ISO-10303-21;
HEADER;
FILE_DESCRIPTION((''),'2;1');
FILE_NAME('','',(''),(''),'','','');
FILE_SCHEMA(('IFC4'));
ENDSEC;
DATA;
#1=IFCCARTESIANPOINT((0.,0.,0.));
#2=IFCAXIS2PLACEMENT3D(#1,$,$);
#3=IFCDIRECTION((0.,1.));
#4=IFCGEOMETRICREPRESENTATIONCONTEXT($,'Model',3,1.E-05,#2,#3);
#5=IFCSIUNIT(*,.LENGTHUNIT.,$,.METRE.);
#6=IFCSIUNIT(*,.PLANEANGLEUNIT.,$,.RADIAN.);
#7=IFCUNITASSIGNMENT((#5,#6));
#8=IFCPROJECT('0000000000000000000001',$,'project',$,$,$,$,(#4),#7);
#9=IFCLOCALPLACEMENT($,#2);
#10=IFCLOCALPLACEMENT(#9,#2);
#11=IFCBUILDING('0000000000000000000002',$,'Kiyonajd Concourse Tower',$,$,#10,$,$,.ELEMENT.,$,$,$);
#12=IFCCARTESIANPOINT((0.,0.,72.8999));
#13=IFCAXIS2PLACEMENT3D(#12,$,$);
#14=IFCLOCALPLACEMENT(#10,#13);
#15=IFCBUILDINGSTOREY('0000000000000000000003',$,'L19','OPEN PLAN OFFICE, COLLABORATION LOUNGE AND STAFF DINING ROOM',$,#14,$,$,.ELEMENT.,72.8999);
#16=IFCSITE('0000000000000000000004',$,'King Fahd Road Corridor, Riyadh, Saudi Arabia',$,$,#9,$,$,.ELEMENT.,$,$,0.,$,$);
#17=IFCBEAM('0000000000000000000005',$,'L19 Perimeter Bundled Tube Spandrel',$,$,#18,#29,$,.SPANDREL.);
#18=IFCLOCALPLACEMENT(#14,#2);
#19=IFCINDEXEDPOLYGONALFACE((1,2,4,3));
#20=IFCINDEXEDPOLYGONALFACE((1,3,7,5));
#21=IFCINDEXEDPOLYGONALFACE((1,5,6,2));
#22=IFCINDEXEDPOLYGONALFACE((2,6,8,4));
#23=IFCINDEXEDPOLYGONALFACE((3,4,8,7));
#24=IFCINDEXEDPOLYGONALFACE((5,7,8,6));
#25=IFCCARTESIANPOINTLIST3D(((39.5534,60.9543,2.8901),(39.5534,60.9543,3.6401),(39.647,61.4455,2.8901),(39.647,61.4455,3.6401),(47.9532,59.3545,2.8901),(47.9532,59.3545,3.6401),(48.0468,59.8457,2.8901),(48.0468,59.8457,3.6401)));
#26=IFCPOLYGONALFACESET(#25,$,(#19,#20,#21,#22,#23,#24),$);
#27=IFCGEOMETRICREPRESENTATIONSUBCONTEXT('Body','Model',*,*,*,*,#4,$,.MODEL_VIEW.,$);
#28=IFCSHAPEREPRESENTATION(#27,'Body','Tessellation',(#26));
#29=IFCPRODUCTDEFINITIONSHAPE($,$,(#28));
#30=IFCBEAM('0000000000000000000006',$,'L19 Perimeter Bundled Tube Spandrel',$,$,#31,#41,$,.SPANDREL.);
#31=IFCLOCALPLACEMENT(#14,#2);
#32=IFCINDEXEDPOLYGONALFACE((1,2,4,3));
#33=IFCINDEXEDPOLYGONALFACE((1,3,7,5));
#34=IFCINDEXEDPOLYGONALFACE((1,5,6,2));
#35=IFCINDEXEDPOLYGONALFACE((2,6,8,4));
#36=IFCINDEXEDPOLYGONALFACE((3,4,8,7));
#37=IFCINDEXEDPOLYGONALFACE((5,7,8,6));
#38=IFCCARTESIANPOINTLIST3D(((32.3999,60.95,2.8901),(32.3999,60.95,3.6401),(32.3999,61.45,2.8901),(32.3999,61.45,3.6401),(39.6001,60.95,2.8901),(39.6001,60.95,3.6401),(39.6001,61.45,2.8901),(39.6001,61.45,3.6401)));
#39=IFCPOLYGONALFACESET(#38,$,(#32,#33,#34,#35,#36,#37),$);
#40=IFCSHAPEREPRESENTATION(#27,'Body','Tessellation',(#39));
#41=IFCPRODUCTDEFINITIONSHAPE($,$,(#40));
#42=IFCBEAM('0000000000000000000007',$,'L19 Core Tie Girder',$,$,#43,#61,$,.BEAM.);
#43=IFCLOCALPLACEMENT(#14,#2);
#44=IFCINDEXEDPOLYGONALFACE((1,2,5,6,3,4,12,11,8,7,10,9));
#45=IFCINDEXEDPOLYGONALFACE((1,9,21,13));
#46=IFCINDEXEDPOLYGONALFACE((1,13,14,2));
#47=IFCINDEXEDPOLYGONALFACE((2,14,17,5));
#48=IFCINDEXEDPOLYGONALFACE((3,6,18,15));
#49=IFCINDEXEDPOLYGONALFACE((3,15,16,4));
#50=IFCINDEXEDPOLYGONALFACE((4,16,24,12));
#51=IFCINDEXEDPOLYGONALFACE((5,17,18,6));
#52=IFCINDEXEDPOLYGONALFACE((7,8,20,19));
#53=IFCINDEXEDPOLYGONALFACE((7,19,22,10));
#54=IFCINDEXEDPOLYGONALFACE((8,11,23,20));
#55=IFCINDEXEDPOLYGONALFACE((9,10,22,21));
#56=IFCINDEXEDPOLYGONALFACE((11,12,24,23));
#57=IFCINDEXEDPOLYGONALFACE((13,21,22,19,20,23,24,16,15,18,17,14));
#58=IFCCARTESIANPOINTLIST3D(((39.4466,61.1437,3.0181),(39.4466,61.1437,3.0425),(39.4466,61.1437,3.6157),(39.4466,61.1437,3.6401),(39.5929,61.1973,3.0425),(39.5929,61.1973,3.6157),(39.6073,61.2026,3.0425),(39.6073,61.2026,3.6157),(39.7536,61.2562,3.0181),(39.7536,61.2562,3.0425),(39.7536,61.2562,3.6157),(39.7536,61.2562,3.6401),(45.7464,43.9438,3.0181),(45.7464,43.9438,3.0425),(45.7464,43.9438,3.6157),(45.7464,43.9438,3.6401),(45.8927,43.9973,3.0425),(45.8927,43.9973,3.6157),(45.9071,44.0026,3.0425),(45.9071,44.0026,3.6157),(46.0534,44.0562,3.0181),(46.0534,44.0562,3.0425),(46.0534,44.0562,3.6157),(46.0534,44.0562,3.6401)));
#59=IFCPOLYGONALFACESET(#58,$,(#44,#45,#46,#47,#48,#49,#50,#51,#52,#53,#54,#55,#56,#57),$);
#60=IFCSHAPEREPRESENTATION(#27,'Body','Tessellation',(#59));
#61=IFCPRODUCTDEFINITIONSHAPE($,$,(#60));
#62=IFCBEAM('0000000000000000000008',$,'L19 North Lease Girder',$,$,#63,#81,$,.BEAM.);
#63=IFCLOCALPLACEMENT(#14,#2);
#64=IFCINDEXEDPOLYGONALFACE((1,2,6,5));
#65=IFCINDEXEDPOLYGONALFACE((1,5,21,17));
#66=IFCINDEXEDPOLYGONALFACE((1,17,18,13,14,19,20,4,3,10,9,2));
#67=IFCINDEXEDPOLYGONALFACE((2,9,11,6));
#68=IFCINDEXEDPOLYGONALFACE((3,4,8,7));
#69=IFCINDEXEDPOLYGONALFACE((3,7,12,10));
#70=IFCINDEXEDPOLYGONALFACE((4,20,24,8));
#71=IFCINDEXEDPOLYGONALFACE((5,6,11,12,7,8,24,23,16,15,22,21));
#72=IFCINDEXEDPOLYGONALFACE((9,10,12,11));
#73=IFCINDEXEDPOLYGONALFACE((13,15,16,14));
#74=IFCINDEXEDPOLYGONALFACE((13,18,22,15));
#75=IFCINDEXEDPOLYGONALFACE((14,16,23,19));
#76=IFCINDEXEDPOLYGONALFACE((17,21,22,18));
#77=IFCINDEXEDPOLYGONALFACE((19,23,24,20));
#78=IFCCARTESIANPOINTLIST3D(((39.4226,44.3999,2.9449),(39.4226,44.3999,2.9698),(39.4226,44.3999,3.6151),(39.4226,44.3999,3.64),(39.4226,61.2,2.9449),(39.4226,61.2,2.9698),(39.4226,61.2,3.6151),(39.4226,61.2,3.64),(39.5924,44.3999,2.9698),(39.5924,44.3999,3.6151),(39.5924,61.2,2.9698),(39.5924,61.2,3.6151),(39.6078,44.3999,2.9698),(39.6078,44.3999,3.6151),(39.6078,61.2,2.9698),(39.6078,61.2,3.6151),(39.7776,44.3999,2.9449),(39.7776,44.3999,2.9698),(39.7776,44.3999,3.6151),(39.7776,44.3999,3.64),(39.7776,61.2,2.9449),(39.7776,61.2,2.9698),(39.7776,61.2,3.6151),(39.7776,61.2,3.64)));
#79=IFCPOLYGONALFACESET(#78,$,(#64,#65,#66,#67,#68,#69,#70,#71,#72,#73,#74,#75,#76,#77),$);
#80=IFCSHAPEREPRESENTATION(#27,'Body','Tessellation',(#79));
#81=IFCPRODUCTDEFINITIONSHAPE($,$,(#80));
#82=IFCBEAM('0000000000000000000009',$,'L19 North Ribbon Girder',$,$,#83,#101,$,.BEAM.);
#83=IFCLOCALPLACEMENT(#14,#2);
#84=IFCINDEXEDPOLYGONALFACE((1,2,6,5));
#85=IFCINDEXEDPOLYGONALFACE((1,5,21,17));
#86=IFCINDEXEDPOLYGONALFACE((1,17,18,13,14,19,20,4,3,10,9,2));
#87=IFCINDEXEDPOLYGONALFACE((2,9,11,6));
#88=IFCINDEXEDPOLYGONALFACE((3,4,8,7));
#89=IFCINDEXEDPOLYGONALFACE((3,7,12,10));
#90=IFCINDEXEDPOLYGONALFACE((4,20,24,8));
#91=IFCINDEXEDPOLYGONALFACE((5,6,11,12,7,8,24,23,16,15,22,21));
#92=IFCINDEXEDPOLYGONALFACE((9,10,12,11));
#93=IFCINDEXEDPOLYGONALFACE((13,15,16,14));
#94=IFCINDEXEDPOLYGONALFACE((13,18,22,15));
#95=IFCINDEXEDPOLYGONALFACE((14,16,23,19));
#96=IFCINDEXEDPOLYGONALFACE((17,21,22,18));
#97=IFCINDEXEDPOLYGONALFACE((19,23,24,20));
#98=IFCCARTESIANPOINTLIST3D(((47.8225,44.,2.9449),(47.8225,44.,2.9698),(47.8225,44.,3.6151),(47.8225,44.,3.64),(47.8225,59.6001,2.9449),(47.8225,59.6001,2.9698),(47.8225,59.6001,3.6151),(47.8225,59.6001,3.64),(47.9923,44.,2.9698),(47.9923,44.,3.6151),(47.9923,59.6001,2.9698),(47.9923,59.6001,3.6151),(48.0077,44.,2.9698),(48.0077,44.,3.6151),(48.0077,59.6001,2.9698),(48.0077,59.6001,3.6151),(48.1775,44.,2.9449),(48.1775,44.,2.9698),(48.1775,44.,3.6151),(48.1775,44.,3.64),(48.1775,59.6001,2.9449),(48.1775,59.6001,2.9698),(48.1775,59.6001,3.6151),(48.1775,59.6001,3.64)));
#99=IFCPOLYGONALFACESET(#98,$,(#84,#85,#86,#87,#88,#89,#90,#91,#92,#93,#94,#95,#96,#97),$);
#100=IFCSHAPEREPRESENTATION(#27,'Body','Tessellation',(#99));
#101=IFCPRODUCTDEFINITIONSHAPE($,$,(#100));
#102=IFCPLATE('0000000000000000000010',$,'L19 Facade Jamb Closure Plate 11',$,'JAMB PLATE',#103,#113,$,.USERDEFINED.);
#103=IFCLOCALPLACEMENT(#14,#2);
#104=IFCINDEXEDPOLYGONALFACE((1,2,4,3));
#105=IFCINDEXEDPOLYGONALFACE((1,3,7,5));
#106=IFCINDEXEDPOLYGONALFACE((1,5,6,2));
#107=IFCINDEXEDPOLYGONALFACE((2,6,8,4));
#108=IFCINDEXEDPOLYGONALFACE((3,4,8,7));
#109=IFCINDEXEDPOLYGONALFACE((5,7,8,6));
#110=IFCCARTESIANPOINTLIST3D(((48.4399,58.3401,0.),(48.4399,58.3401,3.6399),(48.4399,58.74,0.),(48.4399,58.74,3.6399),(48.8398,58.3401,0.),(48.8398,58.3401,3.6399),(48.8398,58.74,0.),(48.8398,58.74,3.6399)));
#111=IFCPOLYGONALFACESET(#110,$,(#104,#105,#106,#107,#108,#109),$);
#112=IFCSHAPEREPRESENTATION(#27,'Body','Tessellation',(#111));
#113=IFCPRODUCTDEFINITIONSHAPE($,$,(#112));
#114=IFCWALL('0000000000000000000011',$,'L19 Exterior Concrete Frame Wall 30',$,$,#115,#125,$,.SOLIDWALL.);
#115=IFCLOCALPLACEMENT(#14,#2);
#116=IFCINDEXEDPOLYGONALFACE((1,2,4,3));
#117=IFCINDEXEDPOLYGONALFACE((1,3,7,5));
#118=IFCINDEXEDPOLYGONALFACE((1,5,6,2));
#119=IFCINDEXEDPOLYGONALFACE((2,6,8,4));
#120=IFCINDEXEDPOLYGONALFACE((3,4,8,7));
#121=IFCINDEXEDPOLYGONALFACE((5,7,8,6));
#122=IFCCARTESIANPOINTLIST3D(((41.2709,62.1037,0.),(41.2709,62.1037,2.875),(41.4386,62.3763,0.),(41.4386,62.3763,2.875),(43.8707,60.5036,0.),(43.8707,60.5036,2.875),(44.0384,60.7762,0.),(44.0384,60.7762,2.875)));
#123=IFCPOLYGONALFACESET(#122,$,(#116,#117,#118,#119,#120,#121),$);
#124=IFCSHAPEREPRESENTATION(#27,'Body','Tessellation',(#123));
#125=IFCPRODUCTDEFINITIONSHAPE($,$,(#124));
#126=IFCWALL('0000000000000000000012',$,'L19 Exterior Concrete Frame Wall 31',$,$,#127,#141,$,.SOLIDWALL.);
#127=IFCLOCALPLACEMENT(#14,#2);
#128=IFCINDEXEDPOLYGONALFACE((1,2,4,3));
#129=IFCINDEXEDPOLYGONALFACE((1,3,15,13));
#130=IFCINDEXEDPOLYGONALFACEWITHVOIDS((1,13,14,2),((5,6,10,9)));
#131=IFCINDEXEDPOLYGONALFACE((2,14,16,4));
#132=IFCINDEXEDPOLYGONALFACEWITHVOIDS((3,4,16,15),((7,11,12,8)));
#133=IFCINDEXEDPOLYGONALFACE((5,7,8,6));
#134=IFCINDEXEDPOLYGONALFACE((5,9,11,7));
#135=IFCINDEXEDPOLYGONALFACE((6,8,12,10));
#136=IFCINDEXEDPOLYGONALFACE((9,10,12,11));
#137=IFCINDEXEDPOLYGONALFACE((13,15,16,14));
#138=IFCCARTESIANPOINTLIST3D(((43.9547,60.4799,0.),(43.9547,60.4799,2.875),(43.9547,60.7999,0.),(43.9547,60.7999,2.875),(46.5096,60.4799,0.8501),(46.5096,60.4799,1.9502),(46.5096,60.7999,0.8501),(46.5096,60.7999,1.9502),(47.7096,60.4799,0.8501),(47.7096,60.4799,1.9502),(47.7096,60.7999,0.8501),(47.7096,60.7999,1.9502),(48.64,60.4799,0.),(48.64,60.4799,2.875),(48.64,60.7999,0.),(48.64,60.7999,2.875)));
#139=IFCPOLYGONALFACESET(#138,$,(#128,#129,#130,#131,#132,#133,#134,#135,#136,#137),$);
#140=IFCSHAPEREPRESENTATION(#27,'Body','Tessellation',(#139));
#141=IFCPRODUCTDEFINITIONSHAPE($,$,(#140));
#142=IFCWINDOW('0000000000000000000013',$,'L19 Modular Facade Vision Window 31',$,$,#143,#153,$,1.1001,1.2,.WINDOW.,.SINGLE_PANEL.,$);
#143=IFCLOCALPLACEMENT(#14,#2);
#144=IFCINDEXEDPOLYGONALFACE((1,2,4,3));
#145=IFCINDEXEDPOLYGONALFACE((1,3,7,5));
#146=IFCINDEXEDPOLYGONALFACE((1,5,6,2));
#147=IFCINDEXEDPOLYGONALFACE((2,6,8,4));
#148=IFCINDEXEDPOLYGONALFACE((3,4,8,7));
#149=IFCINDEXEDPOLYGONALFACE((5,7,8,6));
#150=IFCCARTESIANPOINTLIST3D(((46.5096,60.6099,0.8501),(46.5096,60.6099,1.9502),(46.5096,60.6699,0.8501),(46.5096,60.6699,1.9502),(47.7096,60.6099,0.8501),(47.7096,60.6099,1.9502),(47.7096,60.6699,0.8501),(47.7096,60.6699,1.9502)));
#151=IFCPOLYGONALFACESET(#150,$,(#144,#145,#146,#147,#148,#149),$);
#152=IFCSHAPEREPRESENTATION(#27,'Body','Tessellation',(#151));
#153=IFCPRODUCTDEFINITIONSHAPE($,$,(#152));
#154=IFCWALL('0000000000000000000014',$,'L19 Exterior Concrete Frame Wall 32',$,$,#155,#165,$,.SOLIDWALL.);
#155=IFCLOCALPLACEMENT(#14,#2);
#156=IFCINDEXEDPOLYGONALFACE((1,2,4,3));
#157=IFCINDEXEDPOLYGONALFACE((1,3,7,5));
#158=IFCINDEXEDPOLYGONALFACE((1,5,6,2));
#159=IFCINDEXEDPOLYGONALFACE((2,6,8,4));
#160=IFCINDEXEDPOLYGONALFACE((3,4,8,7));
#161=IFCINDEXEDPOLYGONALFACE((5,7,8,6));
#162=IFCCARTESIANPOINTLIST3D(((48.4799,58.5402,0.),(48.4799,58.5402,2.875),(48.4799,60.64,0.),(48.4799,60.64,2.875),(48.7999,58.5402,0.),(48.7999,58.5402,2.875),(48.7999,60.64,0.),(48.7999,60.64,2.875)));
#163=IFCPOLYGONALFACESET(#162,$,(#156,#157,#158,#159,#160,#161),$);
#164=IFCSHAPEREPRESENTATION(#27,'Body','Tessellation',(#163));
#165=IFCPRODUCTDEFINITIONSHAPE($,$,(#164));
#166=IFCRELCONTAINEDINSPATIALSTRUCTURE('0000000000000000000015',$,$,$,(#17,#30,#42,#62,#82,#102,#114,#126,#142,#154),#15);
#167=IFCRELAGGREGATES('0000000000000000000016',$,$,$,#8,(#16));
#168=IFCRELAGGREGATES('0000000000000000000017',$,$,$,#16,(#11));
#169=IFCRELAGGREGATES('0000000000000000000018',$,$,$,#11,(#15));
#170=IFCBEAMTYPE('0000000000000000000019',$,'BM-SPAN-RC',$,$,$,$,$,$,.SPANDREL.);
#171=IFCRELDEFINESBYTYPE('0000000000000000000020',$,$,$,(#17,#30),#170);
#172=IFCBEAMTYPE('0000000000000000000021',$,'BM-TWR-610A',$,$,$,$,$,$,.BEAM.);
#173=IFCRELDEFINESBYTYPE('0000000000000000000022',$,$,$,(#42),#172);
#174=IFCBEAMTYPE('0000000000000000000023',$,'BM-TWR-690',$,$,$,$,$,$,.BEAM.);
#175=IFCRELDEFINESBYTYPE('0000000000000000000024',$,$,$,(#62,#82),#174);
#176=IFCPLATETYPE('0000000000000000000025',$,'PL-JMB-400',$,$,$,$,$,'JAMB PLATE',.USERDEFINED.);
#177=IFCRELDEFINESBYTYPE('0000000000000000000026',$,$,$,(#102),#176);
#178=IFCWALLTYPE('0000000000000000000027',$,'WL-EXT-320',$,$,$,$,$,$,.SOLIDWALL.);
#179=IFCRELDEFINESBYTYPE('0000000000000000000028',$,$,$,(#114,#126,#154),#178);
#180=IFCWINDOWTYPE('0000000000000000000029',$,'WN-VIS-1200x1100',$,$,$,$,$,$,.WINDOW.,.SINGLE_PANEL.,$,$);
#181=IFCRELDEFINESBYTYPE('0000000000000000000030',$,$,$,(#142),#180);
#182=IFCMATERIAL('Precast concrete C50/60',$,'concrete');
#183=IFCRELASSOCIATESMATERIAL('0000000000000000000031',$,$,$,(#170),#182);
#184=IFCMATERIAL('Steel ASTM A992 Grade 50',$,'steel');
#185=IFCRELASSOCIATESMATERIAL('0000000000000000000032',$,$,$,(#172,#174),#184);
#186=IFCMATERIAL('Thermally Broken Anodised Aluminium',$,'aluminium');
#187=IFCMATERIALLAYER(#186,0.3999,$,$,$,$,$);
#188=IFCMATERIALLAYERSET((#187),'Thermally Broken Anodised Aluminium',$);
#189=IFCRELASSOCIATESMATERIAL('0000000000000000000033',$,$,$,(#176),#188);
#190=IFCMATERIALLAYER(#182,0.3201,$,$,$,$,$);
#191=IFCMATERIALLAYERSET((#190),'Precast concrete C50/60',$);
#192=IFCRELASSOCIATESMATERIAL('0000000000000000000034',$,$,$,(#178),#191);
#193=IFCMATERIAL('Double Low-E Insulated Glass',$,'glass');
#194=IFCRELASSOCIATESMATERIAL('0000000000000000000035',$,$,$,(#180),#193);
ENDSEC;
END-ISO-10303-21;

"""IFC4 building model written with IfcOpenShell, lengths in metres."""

from ifc_helpers import new_model, si_unit, direction, frame, frame_2d, origin, origin_2d, place, context, subcontext, project, spatial, rectangle, i_section, extrude, material, layer, layer_set, material_profile, profile_set, type_object, element, fill, save


model = new_model("IFC4")

# Units and contexts
model_context = context("Model", 3, precision=1e-05, world=origin(), true_north=direction((0.0, 1.0)))
body_context = subcontext(model_context, "Body", "Model", "MODEL_VIEW")
ifc_project = project(units=[si_unit("LENGTHUNIT", "METRE"), si_unit("PLANEANGLEUNIT", "RADIAN")], contexts=[model_context])

# Site, building, storey
site_placement = place(None, origin())
site = spatial("IfcSite", under=ifc_project, at=site_placement, Name="King Fahd Road Corridor, Riyadh, Saudi Arabia", CompositionType="ELEMENT", RefElevation=0.0)
building_placement = place(site_placement, origin())
building = spatial("IfcBuilding", under=site, at=building_placement, Name="Kiyonajd Concourse Tower", CompositionType="ELEMENT")
storey_placement = place(building_placement, frame((0.0, 0.0, 72.8999)))
storey = spatial("IfcBuildingStorey", under=building, at=storey_placement, Name="L19", Description="OPEN PLAN OFFICE, COLLABORATION LOUNGE AND STAFF DINING ROOM", CompositionType="ELEMENT", Elevation=72.8999)

# Beams
ifc_material_1 = material(Name="Steel ASTM A992 Grade 50", Category="steel")
ifc_material_2 = material(Name="Precast concrete C50/60", Category="concrete")
ifc_material_profile_1 = material_profile(ifc_material_2, rectangle(XDim=0.5, YDim=0.75, at=origin_2d()), Name="RCBM-500x750")
ifc_profile_set_1 = profile_set([ifc_material_profile_1], Name="Precast concrete C50/60")
beam_type_1 = type_object("IfcBeamType", Name="BM-SPAN-RC", PredefinedType="SPANDREL", material=ifc_profile_set_1)
beam_1_placement = place(storey_placement, frame((48.0, 59.6001, 3.2651), z_axis=(-0.982341, 0.187098, 0.0), x_axis=(-0.187098, -0.982341, 0.0)))
element("IfcBeam", 1, at=beam_1_placement, inside=storey, type_object=beam_type_1, Name="L19 Perimeter Bundled Tube Spandrel", PredefinedType="SPANDREL", context=body_context, shape_type="SweptSolid", body=[
    extrude(rectangle(XDim=0.5, YDim=0.75, at=origin_2d()), origin(), (0.0, 0.0, 1.0), 8.5508),
])
beam_2_placement = place(storey_placement, frame((39.6001, 61.2, 3.2651), z_axis=(-1.0, 0.0, 0.0), x_axis=(0.0, -1.0, 0.0)))
element("IfcBeam", 2, at=beam_2_placement, inside=storey, type_object=beam_type_1, Name="L19 Perimeter Bundled Tube Spandrel", PredefinedType="SPANDREL", context=body_context, shape_type="SweptSolid", body=[
    extrude(rectangle(XDim=0.5, YDim=0.75, at=origin_2d()), origin(), (0.0, 0.0, 1.0), 7.2002),
])
ifc_material_profile_2 = material_profile(ifc_material_1, i_section(OverallWidth=0.3269, OverallDepth=0.6221, WebThickness=0.0154, FlangeThickness=0.0244, at=origin_2d()), Name="W610X195")
ifc_profile_set_2 = profile_set([ifc_material_profile_2], Name="Steel ASTM A992 Grade 50")
beam_type_2 = type_object("IfcBeamType", Name="BM-TWR-610A", PredefinedType="BEAM", material=ifc_profile_set_2)
beam_3_placement = place(storey_placement, frame((39.6001, 61.2, 3.3291), z_axis=(0.343925, -0.938997, 0.0), x_axis=(0.938997, 0.343925, 0.0)))
element("IfcBeam", 3, at=beam_3_placement, inside=storey, type_object=beam_type_2, Name="L19 Core Tie Girder", PredefinedType="BEAM", context=body_context, shape_type="SweptSolid", body=[
    extrude(i_section(OverallWidth=0.3269, OverallDepth=0.6221, WebThickness=0.0154, FlangeThickness=0.0244, at=origin_2d()), origin(), (0.0, 0.0, 1.0), 18.3174),
])
ifc_material_profile_3 = material_profile(ifc_material_1, i_section(OverallWidth=0.355, OverallDepth=0.6951, WebThickness=0.0154, FlangeThickness=0.0249, at=origin_2d()), Name="W690X217")
ifc_profile_set_3 = profile_set([ifc_material_profile_3], Name="Steel ASTM A992 Grade 50")
beam_type_3 = type_object("IfcBeamType", Name="BM-TWR-690", PredefinedType="BEAM", material=ifc_profile_set_3)
beam_4_placement = place(storey_placement, frame((39.6001, 44.3999, 3.2925), z_axis=(0.0, 1.0, 0.0), x_axis=(-1.0, 0.0, 0.0)))
element("IfcBeam", 4, at=beam_4_placement, inside=storey, type_object=beam_type_3, Name="L19 North Lease Girder", PredefinedType="BEAM", context=body_context, shape_type="SweptSolid", body=[
    extrude(i_section(OverallWidth=0.355, OverallDepth=0.6951, WebThickness=0.0154, FlangeThickness=0.0249, at=origin_2d()), origin(), (0.0, 0.0, 1.0), 16.8),
])
beam_5_placement = place(storey_placement, frame((48.0, 44.0, 3.2925), z_axis=(0.0, 1.0, 0.0), x_axis=(-1.0, 0.0, 0.0)))
element("IfcBeam", 5, at=beam_5_placement, inside=storey, type_object=beam_type_3, Name="L19 North Ribbon Girder", PredefinedType="BEAM", context=body_context, shape_type="SweptSolid", body=[
    extrude(i_section(OverallWidth=0.355, OverallDepth=0.6951, WebThickness=0.0154, FlangeThickness=0.0249, at=origin_2d()), origin(), (0.0, 0.0, 1.0), 15.6001),
])

# Plate
ifc_material_3 = material(Name="Thermally Broken Anodised Aluminium", Category="aluminium")
ifc_layer_1 = layer(ifc_material_3, 0.3999)
ifc_layer_set_1 = layer_set([ifc_layer_1], Name="Thermally Broken Anodised Aluminium")
plate_type = type_object("IfcPlateType", Name="PL-JMB-400", ElementType="JAMB PLATE", PredefinedType="USERDEFINED", material=ifc_layer_set_1)
plate_placement = place(storey_placement, frame((48.6399, 58.54, 0.0), z_axis=(0.0, 0.0, 1.0), x_axis=(1.0, 0.0, 0.0)))
element("IfcPlate", 6, at=plate_placement, inside=storey, type_object=plate_type, Name="L19 Facade Jamb Closure Plate 11", ObjectType="JAMB PLATE", PredefinedType="USERDEFINED", context=body_context, shape_type="SweptSolid", body=[
    extrude(rectangle(XDim=0.3999, YDim=0.3999, at=origin_2d()), origin(), (0.0, 0.0, 1.0), 3.6399),
])

# Wall
ifc_layer_2 = layer(ifc_material_2, 0.3201)
ifc_layer_set_2 = layer_set([ifc_layer_2], Name="Precast concrete C50/60")
wall_type_1 = type_object("IfcWallType", Name="WL-EXT-320", PredefinedType="SOLIDWALL", material=ifc_layer_set_2)
wall_1_placement = place(storey_placement, frame((41.3547, 62.24, 0.0), z_axis=(0.0, 0.0, 1.0), x_axis=(0.851631, -0.524142, 0.0)))
element("IfcWall", 7, at=wall_1_placement, inside=storey, type_object=wall_type_1, Name="L19 Exterior Concrete Frame Wall 30", PredefinedType="SOLIDWALL", context=body_context, shape_type="SweptSolid", body=[
    extrude(rectangle(XDim=3.0527, YDim=0.3201, at=frame_2d((1.5264, 0.0))), origin(), (0.0, 0.0, 1.0), 2.875),
])

# Wall, opening, window
wall_2_placement = place(storey_placement, frame((43.9546, 60.6399, 0.0), z_axis=(0.0, 0.0, 1.0), x_axis=(1.0, 0.0, 0.0)))
wall_2 = element("IfcWall", 8, at=wall_2_placement, inside=storey, type_object=wall_type_1, Name="L19 Exterior Concrete Frame Wall 31", PredefinedType="SOLIDWALL", context=body_context, shape_type="SweptSolid", body=[
    extrude(rectangle(XDim=4.6853, YDim=0.3201, at=frame_2d((2.3428, 0.0))), origin(), (0.0, 0.0, 1.0), 2.875),
])
opening_1_placement = place(wall_2_placement, frame((2.5549, 0.0, 0.8501)))
opening_1 = element("IfcOpeningElement", 9, at=opening_1_placement, cuts=wall_2, PredefinedType="OPENING", context=body_context, shape_type="SweptSolid", body=[
    extrude(rectangle(XDim=1.2, YDim=1.1001, at=frame_2d((0.6001, 0.55))), frame((0.0, 0.1699, 0.0), z_axis=(0.0, -1.0, 0.0), x_axis=(1.0, 0.0, 0.0)), (0.0, 0.0, 1.0), 0.3401),
])
ifc_material_4 = material(Name="Double Low-E Insulated Glass", Category="glass")
window_type = type_object("IfcWindowType", Name="WN-VIS-1200x1100", PartitioningType="SINGLE_PANEL", PredefinedType="WINDOW", material=ifc_material_4)
window_placement = place(opening_1_placement, origin())
window = element("IfcWindow", 10, at=window_placement, inside=storey, type_object=window_type, Name="L19 Modular Facade Vision Window 31", OverallHeight=1.1001, OverallWidth=1.2, PartitioningType="SINGLE_PANEL", PredefinedType="WINDOW", context=body_context, shape_type="SweptSolid", body=[
    extrude(rectangle(XDim=1.2, YDim=1.1001, at=frame_2d((0.6001, 0.55))), frame((0.0, 0.03, 0.0), z_axis=(0.0, -1.0, 0.0), x_axis=(1.0, 0.0, 0.0)), (0.0, 0.0, 1.0), 0.0601),
])
fill(opening_1, window)

# Wall
wall_3_placement = place(storey_placement, frame((48.6399, 60.6399, 0.0), z_axis=(0.0, 0.0, 1.0), x_axis=(0.0, -1.0, 0.0)))
element("IfcWall", 11, at=wall_3_placement, inside=storey, type_object=wall_type_1, Name="L19 Exterior Concrete Frame Wall 32", PredefinedType="SOLIDWALL", context=body_context, shape_type="SweptSolid", body=[
    extrude(rectangle(XDim=2.0999, YDim=0.3201, at=frame_2d((1.0498, 0.0))), origin(), (0.0, 0.0, 1.0), 2.875),
])

save(model, "model.ifc")
